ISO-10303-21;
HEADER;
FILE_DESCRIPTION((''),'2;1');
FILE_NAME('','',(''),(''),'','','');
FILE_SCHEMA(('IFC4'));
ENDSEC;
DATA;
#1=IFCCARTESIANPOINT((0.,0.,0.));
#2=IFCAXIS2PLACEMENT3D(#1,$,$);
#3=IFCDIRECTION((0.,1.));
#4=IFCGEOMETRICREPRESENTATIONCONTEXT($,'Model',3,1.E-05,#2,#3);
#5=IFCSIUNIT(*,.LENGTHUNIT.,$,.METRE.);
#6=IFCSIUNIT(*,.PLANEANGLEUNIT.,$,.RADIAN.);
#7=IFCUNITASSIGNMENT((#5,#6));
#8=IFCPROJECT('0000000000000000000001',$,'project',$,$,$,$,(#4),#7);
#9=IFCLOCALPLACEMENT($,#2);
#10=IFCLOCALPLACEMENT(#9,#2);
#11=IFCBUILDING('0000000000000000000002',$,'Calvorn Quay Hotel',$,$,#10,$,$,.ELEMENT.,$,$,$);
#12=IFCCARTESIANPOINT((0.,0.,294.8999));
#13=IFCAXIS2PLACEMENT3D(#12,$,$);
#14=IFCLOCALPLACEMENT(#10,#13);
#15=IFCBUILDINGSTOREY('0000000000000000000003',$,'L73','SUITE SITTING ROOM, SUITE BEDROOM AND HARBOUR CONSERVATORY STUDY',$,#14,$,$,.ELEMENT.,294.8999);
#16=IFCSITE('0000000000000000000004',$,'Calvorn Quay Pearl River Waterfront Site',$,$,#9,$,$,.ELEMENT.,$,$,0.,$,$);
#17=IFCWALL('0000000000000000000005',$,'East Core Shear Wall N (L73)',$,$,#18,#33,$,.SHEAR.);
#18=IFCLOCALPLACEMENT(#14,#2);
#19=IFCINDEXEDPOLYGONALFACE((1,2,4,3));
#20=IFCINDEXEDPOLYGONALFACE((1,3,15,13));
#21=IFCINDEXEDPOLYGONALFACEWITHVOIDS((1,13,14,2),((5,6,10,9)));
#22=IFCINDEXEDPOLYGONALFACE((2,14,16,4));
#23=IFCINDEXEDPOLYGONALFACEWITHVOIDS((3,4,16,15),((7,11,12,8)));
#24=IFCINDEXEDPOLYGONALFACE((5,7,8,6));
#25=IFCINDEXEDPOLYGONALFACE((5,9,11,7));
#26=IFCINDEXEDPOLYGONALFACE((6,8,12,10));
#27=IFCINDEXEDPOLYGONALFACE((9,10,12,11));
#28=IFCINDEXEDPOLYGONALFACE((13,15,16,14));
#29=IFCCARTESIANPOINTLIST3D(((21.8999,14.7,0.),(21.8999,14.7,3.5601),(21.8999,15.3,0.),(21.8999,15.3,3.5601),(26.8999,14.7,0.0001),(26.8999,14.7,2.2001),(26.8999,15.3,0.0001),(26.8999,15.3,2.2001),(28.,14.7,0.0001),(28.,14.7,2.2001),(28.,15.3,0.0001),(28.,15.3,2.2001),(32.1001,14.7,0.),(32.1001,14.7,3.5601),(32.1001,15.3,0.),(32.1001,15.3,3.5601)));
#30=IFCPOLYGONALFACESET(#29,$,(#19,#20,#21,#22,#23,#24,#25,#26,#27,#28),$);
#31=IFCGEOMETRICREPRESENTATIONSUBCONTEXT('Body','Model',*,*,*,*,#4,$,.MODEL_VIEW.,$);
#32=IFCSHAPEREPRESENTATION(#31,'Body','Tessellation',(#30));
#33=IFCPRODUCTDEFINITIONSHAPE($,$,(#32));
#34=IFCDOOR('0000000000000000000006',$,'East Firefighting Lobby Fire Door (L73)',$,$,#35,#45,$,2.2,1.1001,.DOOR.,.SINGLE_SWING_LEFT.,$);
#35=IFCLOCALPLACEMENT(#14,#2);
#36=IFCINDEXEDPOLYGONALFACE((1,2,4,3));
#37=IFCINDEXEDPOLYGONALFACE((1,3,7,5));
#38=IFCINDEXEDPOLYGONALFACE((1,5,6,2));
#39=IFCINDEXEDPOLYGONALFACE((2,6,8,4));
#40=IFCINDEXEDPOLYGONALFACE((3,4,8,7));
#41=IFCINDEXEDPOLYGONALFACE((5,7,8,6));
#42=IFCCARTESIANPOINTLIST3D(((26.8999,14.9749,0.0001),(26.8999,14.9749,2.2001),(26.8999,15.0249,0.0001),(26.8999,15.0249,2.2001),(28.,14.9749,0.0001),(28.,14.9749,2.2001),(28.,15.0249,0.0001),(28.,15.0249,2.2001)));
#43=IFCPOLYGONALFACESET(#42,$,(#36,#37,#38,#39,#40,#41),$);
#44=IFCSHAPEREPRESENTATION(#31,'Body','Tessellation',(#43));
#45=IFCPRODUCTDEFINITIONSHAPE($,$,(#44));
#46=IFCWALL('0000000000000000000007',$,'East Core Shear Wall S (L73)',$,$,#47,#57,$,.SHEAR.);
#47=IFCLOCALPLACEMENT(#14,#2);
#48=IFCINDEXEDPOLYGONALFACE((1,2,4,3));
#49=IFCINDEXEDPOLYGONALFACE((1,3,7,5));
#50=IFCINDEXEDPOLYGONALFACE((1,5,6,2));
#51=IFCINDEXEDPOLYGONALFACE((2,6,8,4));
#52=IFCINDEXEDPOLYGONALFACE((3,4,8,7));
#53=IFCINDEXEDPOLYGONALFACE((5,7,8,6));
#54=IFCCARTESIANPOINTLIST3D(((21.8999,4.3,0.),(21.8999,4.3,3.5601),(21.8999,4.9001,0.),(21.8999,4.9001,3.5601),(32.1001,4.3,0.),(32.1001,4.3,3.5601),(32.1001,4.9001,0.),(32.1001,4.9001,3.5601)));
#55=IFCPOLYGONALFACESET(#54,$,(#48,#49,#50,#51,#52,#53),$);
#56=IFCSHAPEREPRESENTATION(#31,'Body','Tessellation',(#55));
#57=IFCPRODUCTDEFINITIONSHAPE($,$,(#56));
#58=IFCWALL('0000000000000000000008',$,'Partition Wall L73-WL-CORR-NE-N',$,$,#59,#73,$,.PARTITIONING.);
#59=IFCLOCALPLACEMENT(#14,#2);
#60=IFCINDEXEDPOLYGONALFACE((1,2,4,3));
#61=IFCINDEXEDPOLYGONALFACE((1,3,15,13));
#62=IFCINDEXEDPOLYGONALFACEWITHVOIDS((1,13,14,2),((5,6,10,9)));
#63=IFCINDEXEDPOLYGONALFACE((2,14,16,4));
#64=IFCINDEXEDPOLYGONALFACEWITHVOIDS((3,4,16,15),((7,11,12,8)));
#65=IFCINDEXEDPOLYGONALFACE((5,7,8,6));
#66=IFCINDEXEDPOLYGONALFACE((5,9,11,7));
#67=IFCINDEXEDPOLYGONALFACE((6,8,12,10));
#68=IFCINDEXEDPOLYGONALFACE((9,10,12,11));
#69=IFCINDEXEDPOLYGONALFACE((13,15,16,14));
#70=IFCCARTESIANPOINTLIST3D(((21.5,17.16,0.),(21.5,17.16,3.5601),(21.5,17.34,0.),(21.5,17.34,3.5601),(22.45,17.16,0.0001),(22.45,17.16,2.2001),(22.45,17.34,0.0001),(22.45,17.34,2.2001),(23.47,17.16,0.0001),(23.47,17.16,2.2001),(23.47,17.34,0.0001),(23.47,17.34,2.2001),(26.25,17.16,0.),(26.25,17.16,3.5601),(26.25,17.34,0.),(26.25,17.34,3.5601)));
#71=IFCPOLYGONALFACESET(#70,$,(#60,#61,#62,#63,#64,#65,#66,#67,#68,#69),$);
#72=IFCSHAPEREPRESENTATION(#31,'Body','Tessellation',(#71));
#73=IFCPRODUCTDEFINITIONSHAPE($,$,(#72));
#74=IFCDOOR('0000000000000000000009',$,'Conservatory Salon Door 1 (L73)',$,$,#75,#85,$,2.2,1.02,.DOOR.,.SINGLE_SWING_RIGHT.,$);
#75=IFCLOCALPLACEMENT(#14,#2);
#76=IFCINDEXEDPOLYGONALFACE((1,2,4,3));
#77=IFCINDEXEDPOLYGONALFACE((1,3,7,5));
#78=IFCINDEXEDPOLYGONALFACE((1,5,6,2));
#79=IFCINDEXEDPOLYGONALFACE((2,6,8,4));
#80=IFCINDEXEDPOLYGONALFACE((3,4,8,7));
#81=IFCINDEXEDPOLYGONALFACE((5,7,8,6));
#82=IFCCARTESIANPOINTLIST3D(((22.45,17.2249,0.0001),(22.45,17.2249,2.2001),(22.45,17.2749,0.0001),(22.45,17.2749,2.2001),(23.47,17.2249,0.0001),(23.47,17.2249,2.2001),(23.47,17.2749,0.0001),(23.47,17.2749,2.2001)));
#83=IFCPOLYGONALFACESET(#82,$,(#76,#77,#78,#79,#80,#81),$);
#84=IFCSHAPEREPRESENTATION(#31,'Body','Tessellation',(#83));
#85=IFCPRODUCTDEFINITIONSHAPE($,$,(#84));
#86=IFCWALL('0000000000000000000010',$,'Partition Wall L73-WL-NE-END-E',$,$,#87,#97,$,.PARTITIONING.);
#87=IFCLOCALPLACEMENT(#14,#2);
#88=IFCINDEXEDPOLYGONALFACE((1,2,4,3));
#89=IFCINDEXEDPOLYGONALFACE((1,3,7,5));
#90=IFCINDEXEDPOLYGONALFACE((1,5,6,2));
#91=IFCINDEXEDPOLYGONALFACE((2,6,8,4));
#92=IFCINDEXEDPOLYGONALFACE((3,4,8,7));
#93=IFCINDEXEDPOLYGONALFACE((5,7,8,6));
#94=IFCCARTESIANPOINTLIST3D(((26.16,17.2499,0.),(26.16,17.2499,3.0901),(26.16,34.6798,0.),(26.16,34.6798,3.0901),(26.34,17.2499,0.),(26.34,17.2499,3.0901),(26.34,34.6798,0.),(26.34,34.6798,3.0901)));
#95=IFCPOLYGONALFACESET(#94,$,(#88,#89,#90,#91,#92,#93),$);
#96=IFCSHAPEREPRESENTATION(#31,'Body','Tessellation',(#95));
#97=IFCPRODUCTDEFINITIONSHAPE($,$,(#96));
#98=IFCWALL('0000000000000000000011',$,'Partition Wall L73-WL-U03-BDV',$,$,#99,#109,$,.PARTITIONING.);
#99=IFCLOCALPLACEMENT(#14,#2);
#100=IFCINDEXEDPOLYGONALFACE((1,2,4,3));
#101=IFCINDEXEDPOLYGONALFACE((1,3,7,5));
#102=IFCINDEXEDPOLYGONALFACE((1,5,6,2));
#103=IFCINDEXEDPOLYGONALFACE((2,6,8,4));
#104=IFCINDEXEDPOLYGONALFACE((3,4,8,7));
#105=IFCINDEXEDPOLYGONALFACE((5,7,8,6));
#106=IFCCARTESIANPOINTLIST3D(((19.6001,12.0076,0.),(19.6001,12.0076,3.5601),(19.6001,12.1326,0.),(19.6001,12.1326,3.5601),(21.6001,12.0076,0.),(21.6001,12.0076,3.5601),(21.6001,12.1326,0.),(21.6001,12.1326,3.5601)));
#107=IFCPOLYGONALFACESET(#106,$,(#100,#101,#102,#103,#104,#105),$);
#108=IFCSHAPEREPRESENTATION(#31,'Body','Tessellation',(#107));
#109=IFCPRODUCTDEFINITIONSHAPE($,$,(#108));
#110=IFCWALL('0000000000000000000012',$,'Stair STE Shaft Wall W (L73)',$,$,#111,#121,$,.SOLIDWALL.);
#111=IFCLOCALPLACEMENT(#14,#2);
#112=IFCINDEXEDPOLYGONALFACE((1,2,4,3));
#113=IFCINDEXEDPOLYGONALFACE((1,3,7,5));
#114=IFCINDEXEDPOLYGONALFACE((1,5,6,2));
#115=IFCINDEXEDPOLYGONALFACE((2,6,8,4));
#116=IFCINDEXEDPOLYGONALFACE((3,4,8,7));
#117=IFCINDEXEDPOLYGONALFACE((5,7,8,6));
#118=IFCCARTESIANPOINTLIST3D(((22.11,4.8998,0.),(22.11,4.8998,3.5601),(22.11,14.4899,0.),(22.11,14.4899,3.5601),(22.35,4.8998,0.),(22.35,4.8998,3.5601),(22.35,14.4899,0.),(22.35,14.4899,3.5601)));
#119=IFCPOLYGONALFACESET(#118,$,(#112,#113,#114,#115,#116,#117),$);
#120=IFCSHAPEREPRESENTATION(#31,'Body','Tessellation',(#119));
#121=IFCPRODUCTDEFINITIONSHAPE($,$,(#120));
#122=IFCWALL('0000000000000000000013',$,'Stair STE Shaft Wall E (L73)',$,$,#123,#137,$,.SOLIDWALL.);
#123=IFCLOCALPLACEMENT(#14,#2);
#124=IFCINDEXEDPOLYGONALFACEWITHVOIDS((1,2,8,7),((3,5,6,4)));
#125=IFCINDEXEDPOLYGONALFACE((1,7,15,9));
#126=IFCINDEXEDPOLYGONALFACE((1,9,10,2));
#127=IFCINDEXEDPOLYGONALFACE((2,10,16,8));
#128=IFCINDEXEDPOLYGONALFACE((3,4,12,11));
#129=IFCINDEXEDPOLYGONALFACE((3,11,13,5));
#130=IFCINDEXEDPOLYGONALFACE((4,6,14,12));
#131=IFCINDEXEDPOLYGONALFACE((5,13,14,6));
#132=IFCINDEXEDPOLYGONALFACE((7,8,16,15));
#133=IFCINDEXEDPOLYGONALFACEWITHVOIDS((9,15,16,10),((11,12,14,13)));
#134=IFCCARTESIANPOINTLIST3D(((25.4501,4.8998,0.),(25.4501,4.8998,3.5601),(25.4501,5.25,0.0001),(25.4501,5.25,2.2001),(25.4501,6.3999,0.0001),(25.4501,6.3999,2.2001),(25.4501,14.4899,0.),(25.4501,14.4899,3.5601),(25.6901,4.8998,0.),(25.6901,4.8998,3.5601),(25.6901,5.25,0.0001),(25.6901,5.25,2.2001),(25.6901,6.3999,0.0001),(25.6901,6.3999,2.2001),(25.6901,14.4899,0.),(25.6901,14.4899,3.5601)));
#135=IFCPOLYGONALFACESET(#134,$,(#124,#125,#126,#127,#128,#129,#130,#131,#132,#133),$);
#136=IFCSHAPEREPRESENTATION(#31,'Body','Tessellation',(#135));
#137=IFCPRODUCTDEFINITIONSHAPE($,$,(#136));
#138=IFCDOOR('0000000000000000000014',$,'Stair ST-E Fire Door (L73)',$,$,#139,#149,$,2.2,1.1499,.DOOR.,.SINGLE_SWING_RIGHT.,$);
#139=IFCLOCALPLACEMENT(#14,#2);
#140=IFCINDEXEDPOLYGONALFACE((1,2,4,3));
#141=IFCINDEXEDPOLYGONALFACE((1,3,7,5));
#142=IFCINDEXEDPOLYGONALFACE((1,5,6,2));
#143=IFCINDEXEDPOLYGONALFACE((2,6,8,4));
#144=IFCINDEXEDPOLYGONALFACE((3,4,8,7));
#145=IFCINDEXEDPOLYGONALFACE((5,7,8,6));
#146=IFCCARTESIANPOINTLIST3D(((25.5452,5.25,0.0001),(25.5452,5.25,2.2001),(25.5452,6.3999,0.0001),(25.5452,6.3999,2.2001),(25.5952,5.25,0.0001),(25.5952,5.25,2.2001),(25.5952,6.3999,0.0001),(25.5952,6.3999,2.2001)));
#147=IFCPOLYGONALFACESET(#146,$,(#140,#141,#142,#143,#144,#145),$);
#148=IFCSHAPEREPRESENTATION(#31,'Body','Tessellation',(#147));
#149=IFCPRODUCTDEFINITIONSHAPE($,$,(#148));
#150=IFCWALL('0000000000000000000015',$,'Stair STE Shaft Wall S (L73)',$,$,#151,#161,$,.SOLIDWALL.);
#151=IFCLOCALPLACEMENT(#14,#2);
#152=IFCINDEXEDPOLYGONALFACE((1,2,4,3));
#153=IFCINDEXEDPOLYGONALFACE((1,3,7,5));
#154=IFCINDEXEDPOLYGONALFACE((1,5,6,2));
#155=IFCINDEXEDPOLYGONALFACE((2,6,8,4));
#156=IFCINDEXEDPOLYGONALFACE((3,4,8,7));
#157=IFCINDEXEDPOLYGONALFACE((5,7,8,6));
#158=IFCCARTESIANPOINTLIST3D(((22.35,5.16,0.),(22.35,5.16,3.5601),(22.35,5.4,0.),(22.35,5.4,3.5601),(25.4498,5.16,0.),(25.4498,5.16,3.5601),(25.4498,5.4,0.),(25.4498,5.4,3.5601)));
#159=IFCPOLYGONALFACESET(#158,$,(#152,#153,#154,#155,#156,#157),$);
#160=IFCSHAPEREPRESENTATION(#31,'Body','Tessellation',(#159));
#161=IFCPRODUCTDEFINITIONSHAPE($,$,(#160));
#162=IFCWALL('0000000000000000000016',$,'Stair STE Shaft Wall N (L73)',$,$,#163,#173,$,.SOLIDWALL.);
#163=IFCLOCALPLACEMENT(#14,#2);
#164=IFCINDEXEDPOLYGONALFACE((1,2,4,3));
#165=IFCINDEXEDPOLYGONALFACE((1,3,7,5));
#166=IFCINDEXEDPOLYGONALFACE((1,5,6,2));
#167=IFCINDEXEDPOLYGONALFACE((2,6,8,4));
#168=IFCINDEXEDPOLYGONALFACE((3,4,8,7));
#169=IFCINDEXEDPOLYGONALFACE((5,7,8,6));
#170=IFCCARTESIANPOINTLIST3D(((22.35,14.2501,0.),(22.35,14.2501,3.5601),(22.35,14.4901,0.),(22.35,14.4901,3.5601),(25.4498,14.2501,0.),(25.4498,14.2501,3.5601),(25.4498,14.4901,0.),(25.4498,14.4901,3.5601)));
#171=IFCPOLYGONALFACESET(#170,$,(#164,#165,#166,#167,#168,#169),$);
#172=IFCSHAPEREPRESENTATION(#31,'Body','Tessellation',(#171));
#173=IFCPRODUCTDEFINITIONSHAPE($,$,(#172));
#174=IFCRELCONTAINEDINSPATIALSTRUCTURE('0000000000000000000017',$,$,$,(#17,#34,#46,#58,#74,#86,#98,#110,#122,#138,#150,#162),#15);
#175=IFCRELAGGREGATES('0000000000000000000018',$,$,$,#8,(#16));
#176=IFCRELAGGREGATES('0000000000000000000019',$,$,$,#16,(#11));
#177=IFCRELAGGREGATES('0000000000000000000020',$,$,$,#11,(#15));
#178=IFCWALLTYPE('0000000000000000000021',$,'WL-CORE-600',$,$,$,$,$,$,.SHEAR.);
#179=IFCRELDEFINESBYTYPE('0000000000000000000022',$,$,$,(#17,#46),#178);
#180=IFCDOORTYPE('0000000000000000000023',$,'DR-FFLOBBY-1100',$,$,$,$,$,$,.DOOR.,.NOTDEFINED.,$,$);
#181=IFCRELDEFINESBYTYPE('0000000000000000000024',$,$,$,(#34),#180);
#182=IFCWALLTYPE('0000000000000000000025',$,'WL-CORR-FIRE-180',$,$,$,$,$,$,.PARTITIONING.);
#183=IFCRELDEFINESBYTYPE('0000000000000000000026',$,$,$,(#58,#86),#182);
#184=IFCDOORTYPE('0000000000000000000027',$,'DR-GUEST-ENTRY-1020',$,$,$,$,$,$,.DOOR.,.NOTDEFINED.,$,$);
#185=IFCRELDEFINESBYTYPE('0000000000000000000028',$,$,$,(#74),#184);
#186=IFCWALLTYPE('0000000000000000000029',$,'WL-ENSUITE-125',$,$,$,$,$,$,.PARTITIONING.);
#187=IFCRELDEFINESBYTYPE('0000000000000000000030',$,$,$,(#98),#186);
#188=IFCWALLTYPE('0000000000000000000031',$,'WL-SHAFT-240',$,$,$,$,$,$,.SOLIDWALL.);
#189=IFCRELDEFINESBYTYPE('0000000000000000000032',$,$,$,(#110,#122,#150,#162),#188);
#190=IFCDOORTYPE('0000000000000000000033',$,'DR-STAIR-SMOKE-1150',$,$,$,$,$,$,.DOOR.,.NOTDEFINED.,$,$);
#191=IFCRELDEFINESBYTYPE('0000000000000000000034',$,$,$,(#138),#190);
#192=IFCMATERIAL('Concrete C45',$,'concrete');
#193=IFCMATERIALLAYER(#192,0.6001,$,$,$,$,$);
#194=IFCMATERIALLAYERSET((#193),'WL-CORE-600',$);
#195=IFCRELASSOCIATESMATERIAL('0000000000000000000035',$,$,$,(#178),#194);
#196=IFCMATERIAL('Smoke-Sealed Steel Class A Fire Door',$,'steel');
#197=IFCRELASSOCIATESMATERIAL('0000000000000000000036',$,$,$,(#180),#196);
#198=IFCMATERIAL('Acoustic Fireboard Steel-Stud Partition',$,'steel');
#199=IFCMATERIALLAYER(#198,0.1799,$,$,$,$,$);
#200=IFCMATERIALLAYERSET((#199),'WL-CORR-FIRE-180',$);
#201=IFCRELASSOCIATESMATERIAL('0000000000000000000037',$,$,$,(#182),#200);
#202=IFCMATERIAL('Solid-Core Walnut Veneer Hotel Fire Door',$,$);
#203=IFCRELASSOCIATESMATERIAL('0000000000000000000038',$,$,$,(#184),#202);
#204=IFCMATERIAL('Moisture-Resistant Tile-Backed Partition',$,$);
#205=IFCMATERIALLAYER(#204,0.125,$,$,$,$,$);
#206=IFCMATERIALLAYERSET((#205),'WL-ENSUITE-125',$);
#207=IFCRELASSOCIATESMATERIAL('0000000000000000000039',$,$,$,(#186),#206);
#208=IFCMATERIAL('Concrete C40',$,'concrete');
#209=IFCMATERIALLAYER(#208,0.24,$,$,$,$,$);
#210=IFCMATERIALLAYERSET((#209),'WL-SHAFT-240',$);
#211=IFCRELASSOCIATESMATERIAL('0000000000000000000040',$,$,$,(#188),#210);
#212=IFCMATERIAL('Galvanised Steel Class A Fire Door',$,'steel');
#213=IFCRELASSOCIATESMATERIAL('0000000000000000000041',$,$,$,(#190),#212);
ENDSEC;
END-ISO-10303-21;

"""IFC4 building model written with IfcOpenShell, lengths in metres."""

from ifc_helpers import new_model, si_unit, direction, frame, frame_2d, origin, place, context, subcontext, project, spatial, rectangle, extrude, material, layer, layer_set, type_object, element, fill, save


model = new_model("IFC4")

# Units and contexts
model_context = context("Model", 3, precision=1e-05, world=origin(), true_north=direction((0.0, 1.0)))
body_context = subcontext(model_context, "Body", "Model", "MODEL_VIEW")
ifc_project = project(units=[si_unit("LENGTHUNIT", "METRE"), si_unit("PLANEANGLEUNIT", "RADIAN")], contexts=[model_context])

# Site, building, storey
site_placement = place(None, origin())
site = spatial("IfcSite", under=ifc_project, at=site_placement, Name="Calvorn Quay Pearl River Waterfront Site", CompositionType="ELEMENT", RefElevation=0.0)
building_placement = place(site_placement, origin())
building = spatial("IfcBuilding", under=site, at=building_placement, Name="Calvorn Quay Hotel", CompositionType="ELEMENT")
storey_placement = place(building_placement, frame((0.0, 0.0, 294.8999)))
storey = spatial("IfcBuildingStorey", under=building, at=storey_placement, Name="L73", Description="SUITE SITTING ROOM, SUITE BEDROOM AND HARBOUR CONSERVATORY STUDY", CompositionType="ELEMENT", Elevation=294.8999)

# Wall, opening, door
ifc_material_1 = material(Name="Concrete C45", Category="concrete")
ifc_layer_1 = layer(ifc_material_1, 0.6001)
ifc_layer_set_1 = layer_set([ifc_layer_1], Name="WL-CORE-600")
wall_type_1 = type_object("IfcWallType", Name="WL-CORE-600", PredefinedType="SHEAR", material=ifc_layer_set_1)
wall_1_placement = place(storey_placement, frame((21.8999, 15.0, 0.0), z_axis=(0.0, 0.0, 1.0), x_axis=(1.0, 0.0, 0.0)))
wall_1 = element("IfcWall", 1, at=wall_1_placement, inside=storey, type_object=wall_type_1, Name="East Core Shear Wall N (L73)", PredefinedType="SHEAR", context=body_context, shape_type="SweptSolid", body=[
    extrude(rectangle(XDim=10.2002, YDim=0.6001, at=frame_2d((5.1001, 0.0))), origin(), (0.0, 0.0, 1.0), 3.5601),
])
opening_1_placement = place(wall_1_placement, frame((5.0, 0.0, 0.0)))
opening_1 = element("IfcOpeningElement", 2, at=opening_1_placement, cuts=wall_1, PredefinedType="OPENING", context=body_context, shape_type="SweptSolid", body=[
    extrude(rectangle(XDim=1.1001, YDim=2.2, at=frame_2d((0.55, 1.1001))), frame((0.0, 0.3101, 0.0), z_axis=(0.0, -1.0, 0.0), x_axis=(1.0, 0.0, 0.0)), (0.0, 0.0, 1.0), 0.6201),
])
ifc_material_2 = material(Name="Smoke-Sealed Steel Class A Fire Door", Category="steel")
door_type_1 = type_object("IfcDoorType", Name="DR-FFLOBBY-1100", OperationType="NOTDEFINED", PredefinedType="DOOR", material=ifc_material_2)
door_1_placement = place(opening_1_placement, origin())
door_1 = element("IfcDoor", 3, at=door_1_placement, inside=storey, type_object=door_type_1, Name="East Firefighting Lobby Fire Door (L73)", OperationType="SINGLE_SWING_LEFT", OverallHeight=2.2, OverallWidth=1.1001, PredefinedType="DOOR", context=body_context, shape_type="SweptSolid", body=[
    extrude(rectangle(XDim=1.1001, YDim=2.2, at=frame_2d((0.55, 1.1001))), frame((0.0, 0.0249, 0.0), z_axis=(0.0, -1.0, 0.0), x_axis=(1.0, 0.0, 0.0)), (0.0, 0.0, 1.0), 0.05),
])
fill(opening_1, door_1)

# Wall
wall_2_placement = place(storey_placement, frame((21.8999, 4.6001, 0.0), z_axis=(0.0, 0.0, 1.0), x_axis=(1.0, 0.0, 0.0)))
element("IfcWall", 4, at=wall_2_placement, inside=storey, type_object=wall_type_1, Name="East Core Shear Wall S (L73)", PredefinedType="SHEAR", context=body_context, shape_type="SweptSolid", body=[
    extrude(rectangle(XDim=10.2002, YDim=0.6001, at=frame_2d((5.1001, 0.0))), origin(), (0.0, 0.0, 1.0), 3.5601),
])

# Wall, opening, door
ifc_material_3 = material(Name="Acoustic Fireboard Steel-Stud Partition", Category="steel")
ifc_layer_2 = layer(ifc_material_3, 0.1799)
ifc_layer_set_2 = layer_set([ifc_layer_2], Name="WL-CORR-FIRE-180")
wall_type_2 = type_object("IfcWallType", Name="WL-CORR-FIRE-180", PredefinedType="PARTITIONING", material=ifc_layer_set_2)
wall_3_placement = place(storey_placement, frame((21.5, 17.25, 0.0), z_axis=(0.0, 0.0, 1.0), x_axis=(1.0, 0.0, 0.0)))
wall_3 = element("IfcWall", 5, at=wall_3_placement, inside=storey, type_object=wall_type_2, Name="Partition Wall L73-WL-CORR-NE-N", PredefinedType="PARTITIONING", context=body_context, shape_type="SweptSolid", body=[
    extrude(rectangle(XDim=4.75, YDim=0.1799, at=frame_2d((2.375, 0.0))), origin(), (0.0, 0.0, 1.0), 3.5601),
])
opening_2_placement = place(wall_3_placement, frame((0.95, 0.0, 0.0)))
opening_2 = element("IfcOpeningElement", 6, at=opening_2_placement, cuts=wall_3, PredefinedType="OPENING", context=body_context, shape_type="SweptSolid", body=[
    extrude(rectangle(XDim=1.02, YDim=2.2, at=frame_2d((0.51, 1.1001))), frame((0.0, 0.0999, 0.0), z_axis=(0.0, -1.0, 0.0), x_axis=(1.0, 0.0, 0.0)), (0.0, 0.0, 1.0), 0.2),
])
ifc_material_4 = material(Name="Solid-Core Walnut Veneer Hotel Fire Door")
door_type_2 = type_object("IfcDoorType", Name="DR-GUEST-ENTRY-1020", OperationType="NOTDEFINED", PredefinedType="DOOR", material=ifc_material_4)
door_2_placement = place(opening_2_placement, origin())
door_2 = element("IfcDoor", 7, at=door_2_placement, inside=storey, type_object=door_type_2, Name="Conservatory Salon Door 1 (L73)", OperationType="SINGLE_SWING_RIGHT", OverallHeight=2.2, OverallWidth=1.02, PredefinedType="DOOR", context=body_context, shape_type="SweptSolid", body=[
    extrude(rectangle(XDim=1.02, YDim=2.2, at=frame_2d((0.51, 1.1001))), frame((0.0, 0.0249, 0.0), z_axis=(0.0, -1.0, 0.0), x_axis=(1.0, 0.0, 0.0)), (0.0, 0.0, 1.0), 0.05),
])
fill(opening_2, door_2)

# Walls
wall_4_placement = place(storey_placement, frame((26.25, 17.25, 0.0), z_axis=(0.0, 0.0, 1.0), x_axis=(0.0, 1.0, 0.0)))
element("IfcWall", 8, at=wall_4_placement, inside=storey, type_object=wall_type_2, Name="Partition Wall L73-WL-NE-END-E", PredefinedType="PARTITIONING", context=body_context, shape_type="SweptSolid", body=[
    extrude(rectangle(XDim=17.4299, YDim=0.1799, at=frame_2d((8.7148, 0.0))), origin(), (0.0, 0.0, 1.0), 3.0901),
])
ifc_material_5 = material(Name="Moisture-Resistant Tile-Backed Partition")
ifc_layer_3 = layer(ifc_material_5, 0.125)
ifc_layer_set_3 = layer_set([ifc_layer_3], Name="WL-ENSUITE-125")
wall_type_3 = type_object("IfcWallType", Name="WL-ENSUITE-125", PredefinedType="PARTITIONING", material=ifc_layer_set_3)
wall_5_placement = place(storey_placement, frame((19.6001, 12.0701, 0.0), z_axis=(0.0, 0.0, 1.0), x_axis=(1.0, 0.0, 0.0)))
element("IfcWall", 9, at=wall_5_placement, inside=storey, type_object=wall_type_3, Name="Partition Wall L73-WL-U03-BDV", PredefinedType="PARTITIONING", context=body_context, shape_type="SweptSolid", body=[
    extrude(rectangle(XDim=2.0, YDim=0.125, at=frame_2d((1.0, 0.0))), origin(), (0.0, 0.0, 1.0), 3.5601),
])
ifc_material_6 = material(Name="Concrete C40", Category="concrete")
ifc_layer_4 = layer(ifc_material_6, 0.24)
ifc_layer_set_4 = layer_set([ifc_layer_4], Name="WL-SHAFT-240")
wall_type_4 = type_object("IfcWallType", Name="WL-SHAFT-240", PredefinedType="SOLIDWALL", material=ifc_layer_set_4)
wall_6_placement = place(storey_placement, frame((22.23, 4.8999, 0.0), z_axis=(0.0, 0.0, 1.0), x_axis=(0.0, 1.0, 0.0)))
element("IfcWall", 10, at=wall_6_placement, inside=storey, type_object=wall_type_4, Name="Stair STE Shaft Wall W (L73)", PredefinedType="SOLIDWALL", context=body_context, shape_type="SweptSolid", body=[
    extrude(rectangle(XDim=9.5901, YDim=0.24, at=frame_2d((4.7949, 0.0))), origin(), (0.0, 0.0, 1.0), 3.5601),
])

# Wall, opening, door
wall_7_placement = place(storey_placement, frame((25.5701, 4.8999, 0.0), z_axis=(0.0, 0.0, 1.0), x_axis=(0.0, 1.0, 0.0)))
wall_7 = element("IfcWall", 11, at=wall_7_placement, inside=storey, type_object=wall_type_4, Name="Stair STE Shaft Wall E (L73)", PredefinedType="SOLIDWALL", context=body_context, shape_type="SweptSolid", body=[
    extrude(rectangle(XDim=9.5901, YDim=0.24, at=frame_2d((4.7949, 0.0))), origin(), (0.0, 0.0, 1.0), 3.5601),
])
opening_3_placement = place(wall_7_placement, frame((0.3501, 0.0, 0.0)))
opening_3 = element("IfcOpeningElement", 12, at=opening_3_placement, cuts=wall_7, PredefinedType="OPENING", context=body_context, shape_type="SweptSolid", body=[
    extrude(rectangle(XDim=1.1499, YDim=2.2, at=frame_2d((0.575, 1.1001))), frame((0.0, 0.1299, 0.0), z_axis=(0.0, -1.0, 0.0), x_axis=(1.0, 0.0, 0.0)), (0.0, 0.0, 1.0), 0.26),
])
ifc_material_7 = material(Name="Galvanised Steel Class A Fire Door", Category="steel")
door_type_3 = type_object("IfcDoorType", Name="DR-STAIR-SMOKE-1150", OperationType="NOTDEFINED", PredefinedType="DOOR", material=ifc_material_7)
door_3_placement = place(opening_3_placement, origin())
door_3 = element("IfcDoor", 13, at=door_3_placement, inside=storey, type_object=door_type_3, Name="Stair ST-E Fire Door (L73)", OperationType="SINGLE_SWING_RIGHT", OverallHeight=2.2, OverallWidth=1.1499, PredefinedType="DOOR", context=body_context, shape_type="SweptSolid", body=[
    extrude(rectangle(XDim=1.1499, YDim=2.2, at=frame_2d((0.575, 1.1001))), frame((0.0, 0.0249, 0.0), z_axis=(0.0, -1.0, 0.0), x_axis=(1.0, 0.0, 0.0)), (0.0, 0.0, 1.0), 0.05),
])
fill(opening_3, door_3)

# Walls
for number, where, z_axis, x_axis, name in (
    (14, (22.3501, 5.28, 0.0), (0.0, 0.0, 1.0), (1.0, 0.0, 0.0), "Stair STE Shaft Wall S (L73)"),
    (15, (22.3501, 14.3701, 0.0), (0.0, 0.0, 1.0), (1.0, 0.0, 0.0), "Stair STE Shaft Wall N (L73)"),
):
    element("IfcWall", number, at=place(storey_placement, frame(where, z_axis=z_axis, x_axis=x_axis)), inside=storey, type_object=wall_type_4, Name=name, PredefinedType="SOLIDWALL", context=body_context, shape_type="SweptSolid", body=[
        extrude(rectangle(XDim=3.0999, YDim=0.24, at=frame_2d((1.5498, 0.0))), origin(), (0.0, 0.0, 1.0), 3.5601),
    ])

save(model, "model.ifc")
